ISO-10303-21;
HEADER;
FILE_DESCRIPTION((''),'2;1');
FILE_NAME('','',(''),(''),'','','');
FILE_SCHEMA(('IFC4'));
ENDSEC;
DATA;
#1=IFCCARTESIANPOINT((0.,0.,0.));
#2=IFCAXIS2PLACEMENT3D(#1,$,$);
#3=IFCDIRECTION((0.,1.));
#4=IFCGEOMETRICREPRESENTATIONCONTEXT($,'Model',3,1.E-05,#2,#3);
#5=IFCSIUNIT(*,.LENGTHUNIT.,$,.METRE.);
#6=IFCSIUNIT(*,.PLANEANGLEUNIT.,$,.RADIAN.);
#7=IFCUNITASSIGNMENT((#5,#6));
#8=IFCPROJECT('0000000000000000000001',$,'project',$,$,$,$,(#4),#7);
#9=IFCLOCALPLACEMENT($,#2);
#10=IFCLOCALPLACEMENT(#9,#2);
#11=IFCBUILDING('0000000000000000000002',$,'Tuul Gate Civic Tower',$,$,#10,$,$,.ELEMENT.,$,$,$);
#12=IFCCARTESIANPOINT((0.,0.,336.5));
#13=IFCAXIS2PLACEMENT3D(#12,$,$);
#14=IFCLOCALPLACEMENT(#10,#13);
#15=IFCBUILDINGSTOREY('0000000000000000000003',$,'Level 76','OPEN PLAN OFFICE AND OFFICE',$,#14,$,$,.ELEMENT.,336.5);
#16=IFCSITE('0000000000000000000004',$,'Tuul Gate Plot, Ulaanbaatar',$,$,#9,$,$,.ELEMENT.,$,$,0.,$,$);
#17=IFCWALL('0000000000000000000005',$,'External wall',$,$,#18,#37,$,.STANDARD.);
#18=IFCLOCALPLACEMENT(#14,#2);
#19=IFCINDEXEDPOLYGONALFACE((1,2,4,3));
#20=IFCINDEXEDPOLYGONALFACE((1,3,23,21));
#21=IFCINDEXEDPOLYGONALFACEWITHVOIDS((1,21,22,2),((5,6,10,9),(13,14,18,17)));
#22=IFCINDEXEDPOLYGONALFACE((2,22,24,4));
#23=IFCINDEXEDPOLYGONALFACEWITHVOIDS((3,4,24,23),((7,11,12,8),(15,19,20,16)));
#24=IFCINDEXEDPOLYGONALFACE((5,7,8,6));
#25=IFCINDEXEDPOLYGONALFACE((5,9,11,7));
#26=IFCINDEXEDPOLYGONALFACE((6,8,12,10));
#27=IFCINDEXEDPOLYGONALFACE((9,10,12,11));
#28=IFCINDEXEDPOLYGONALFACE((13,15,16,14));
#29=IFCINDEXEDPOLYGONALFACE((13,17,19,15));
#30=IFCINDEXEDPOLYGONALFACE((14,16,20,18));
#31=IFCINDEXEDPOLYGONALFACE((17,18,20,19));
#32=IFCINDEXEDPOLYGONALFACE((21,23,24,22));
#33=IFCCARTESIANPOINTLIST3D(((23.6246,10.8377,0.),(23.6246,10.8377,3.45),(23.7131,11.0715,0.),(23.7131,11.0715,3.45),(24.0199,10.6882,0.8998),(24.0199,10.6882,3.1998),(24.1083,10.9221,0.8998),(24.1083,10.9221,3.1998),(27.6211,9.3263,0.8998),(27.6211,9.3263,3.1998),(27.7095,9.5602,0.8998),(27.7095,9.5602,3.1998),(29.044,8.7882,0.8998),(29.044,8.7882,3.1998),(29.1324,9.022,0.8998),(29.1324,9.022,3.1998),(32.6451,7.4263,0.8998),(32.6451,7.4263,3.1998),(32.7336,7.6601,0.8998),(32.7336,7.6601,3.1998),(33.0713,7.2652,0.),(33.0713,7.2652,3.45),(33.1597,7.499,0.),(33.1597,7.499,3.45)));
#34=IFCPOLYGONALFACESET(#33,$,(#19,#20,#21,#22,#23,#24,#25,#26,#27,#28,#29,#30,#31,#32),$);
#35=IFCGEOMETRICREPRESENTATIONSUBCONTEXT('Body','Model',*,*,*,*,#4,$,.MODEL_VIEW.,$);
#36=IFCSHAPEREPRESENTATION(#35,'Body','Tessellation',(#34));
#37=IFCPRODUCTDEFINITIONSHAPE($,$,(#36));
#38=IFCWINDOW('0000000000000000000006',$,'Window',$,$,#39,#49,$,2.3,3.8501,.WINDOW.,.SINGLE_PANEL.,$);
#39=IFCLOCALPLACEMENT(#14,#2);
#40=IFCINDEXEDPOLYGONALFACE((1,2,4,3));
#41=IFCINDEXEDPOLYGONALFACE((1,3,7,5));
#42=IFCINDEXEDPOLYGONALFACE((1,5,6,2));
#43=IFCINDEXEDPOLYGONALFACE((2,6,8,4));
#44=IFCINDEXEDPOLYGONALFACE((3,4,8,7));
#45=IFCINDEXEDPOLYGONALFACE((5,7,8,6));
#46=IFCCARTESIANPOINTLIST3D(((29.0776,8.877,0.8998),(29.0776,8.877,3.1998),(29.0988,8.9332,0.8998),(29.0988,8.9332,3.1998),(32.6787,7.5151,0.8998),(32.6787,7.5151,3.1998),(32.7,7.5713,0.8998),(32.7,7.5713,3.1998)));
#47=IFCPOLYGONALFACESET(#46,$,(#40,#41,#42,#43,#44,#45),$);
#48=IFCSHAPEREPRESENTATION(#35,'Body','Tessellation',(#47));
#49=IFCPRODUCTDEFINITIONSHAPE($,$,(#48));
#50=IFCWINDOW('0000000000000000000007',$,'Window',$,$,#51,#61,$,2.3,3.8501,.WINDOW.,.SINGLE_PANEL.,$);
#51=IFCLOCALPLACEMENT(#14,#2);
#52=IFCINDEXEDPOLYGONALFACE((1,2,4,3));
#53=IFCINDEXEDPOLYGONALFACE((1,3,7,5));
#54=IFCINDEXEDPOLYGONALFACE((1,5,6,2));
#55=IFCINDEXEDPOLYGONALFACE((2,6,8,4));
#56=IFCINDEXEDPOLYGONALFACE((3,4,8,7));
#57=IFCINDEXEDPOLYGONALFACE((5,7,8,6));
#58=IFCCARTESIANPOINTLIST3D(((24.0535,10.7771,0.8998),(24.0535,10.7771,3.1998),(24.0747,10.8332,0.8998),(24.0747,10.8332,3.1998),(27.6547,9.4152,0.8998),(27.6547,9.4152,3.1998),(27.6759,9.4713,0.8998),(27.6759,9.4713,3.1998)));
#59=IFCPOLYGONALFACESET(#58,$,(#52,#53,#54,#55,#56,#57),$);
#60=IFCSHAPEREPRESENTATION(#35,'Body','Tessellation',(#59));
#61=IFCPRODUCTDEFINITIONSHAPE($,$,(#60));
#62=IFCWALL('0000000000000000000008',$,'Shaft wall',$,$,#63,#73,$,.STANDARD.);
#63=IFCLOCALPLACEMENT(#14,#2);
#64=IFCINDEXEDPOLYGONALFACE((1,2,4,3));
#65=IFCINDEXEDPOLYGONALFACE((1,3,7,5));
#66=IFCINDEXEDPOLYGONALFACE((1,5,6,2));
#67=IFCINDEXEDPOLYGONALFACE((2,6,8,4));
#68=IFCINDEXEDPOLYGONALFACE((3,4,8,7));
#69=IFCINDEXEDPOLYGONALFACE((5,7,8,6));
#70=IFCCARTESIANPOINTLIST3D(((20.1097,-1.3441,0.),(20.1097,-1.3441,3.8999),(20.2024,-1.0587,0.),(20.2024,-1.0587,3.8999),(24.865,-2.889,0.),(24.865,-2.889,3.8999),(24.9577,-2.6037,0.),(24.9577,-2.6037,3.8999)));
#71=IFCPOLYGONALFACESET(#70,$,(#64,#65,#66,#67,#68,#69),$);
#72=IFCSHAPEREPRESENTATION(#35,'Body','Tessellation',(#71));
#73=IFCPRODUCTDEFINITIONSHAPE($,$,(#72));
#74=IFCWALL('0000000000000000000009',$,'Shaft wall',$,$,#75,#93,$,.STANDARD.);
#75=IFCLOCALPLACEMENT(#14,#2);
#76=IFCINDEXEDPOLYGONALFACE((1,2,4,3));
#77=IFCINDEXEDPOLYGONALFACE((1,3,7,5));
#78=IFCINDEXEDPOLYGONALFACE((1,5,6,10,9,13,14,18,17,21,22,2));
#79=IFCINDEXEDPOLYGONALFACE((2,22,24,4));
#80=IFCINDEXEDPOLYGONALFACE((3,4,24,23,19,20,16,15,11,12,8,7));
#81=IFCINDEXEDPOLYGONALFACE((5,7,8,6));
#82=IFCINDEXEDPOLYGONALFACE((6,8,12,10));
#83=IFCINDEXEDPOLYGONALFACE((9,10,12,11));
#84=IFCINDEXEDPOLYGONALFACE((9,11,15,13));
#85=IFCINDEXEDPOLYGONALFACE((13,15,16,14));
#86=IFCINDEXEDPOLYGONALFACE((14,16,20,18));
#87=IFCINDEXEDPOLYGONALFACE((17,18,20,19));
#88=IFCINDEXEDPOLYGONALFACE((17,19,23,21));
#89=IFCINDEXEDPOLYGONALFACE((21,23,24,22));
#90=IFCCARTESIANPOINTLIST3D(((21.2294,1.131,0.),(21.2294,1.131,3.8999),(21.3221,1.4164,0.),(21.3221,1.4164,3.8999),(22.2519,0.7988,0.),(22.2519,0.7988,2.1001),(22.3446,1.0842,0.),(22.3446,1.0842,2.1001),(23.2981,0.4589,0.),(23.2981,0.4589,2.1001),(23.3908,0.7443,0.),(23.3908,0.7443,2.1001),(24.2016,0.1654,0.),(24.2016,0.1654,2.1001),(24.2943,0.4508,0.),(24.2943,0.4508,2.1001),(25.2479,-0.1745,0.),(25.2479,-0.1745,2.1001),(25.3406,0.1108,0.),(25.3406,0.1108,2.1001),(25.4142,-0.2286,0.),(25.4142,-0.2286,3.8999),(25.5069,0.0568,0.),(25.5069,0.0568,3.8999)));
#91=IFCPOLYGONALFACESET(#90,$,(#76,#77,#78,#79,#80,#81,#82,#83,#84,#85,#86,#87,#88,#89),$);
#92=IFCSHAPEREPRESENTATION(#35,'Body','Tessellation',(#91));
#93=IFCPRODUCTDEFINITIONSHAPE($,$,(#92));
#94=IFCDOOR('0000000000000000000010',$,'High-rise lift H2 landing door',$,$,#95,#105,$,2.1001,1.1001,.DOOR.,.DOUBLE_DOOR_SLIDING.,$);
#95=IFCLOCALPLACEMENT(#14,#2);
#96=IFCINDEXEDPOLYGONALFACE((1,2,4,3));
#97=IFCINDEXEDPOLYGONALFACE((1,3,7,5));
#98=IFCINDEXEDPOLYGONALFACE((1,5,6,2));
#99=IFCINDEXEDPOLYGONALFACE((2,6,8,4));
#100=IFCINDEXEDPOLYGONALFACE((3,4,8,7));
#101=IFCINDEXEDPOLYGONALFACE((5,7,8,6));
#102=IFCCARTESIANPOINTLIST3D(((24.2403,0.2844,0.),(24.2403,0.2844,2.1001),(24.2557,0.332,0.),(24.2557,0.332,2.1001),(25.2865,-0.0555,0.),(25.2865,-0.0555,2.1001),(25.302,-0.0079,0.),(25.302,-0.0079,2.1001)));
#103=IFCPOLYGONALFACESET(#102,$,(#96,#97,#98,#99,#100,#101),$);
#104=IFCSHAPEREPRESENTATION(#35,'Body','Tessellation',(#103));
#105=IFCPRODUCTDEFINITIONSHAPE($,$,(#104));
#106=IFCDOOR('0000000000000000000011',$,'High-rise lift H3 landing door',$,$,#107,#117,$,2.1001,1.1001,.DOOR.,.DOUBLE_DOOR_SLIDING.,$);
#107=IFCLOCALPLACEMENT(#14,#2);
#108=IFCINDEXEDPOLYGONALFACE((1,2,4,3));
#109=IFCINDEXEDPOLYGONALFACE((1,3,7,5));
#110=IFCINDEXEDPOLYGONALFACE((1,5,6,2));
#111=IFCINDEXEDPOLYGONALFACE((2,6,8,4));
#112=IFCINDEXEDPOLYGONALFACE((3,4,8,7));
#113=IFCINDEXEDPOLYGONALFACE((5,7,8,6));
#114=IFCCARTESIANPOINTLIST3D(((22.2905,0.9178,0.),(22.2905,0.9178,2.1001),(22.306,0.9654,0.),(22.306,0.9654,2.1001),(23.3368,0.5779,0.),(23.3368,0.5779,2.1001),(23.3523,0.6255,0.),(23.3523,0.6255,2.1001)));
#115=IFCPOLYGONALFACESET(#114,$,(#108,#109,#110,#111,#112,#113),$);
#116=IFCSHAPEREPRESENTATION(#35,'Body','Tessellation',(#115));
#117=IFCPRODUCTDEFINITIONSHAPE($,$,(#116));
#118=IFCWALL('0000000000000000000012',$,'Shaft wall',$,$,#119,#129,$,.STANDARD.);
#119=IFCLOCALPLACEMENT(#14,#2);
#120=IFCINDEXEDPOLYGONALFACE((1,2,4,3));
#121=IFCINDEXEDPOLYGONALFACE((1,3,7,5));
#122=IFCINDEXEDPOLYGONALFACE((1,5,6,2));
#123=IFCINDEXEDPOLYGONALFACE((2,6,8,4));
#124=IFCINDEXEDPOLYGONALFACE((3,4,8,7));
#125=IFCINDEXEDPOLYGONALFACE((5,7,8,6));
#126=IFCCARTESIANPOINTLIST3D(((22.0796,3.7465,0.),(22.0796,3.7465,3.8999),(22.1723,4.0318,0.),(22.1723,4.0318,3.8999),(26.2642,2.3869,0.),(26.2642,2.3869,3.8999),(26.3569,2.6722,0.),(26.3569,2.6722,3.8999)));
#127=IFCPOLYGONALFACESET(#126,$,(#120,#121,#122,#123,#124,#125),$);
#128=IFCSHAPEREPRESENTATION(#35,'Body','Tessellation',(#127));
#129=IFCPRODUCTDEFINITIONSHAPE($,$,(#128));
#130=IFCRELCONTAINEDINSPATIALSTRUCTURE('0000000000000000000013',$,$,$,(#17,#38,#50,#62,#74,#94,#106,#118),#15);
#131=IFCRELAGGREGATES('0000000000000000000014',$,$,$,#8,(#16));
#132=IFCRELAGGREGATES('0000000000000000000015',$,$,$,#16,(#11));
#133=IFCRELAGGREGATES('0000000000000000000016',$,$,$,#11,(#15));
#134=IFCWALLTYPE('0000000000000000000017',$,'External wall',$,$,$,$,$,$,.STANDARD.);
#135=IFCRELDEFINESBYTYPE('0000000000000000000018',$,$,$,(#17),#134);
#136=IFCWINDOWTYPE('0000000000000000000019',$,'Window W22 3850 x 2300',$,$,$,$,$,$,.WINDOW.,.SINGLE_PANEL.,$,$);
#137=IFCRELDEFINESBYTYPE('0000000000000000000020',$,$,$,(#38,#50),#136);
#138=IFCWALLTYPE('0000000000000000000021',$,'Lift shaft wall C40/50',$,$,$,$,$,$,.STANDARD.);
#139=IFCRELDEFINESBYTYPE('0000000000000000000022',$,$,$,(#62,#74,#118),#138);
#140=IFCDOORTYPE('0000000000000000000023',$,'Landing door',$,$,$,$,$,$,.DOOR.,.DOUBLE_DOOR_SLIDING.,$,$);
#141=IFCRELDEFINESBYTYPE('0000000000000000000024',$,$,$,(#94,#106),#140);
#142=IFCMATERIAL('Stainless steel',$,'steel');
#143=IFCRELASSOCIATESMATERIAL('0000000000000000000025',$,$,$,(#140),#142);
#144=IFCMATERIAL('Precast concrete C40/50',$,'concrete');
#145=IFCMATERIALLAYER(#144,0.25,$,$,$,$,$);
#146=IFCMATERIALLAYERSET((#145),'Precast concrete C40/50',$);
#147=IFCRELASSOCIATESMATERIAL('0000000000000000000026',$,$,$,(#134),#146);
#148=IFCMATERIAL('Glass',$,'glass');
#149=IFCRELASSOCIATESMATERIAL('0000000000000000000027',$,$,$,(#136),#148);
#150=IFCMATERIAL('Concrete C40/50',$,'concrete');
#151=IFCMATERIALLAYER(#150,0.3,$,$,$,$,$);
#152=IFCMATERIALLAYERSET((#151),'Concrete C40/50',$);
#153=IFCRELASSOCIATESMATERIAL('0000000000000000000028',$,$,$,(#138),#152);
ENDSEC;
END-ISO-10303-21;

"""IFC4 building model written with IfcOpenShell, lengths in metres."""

from ifc_helpers import new_model, si_unit, direction, frame, frame_2d, origin, place, context, subcontext, project, spatial, rectangle, extrude, material, layer, layer_set, type_object, element, fill, save


model = new_model("IFC4")

# Units and contexts
model_context = context("Model", 3, precision=1e-05, world=origin(), true_north=direction((0.0, 1.0)))
body_context = subcontext(model_context, "Body", "Model", "MODEL_VIEW")
ifc_project = project(units=[si_unit("LENGTHUNIT", "METRE"), si_unit("PLANEANGLEUNIT", "RADIAN")], contexts=[model_context])

# Site, building, storey
site_placement = place(None, origin())
site = spatial("IfcSite", under=ifc_project, at=site_placement, Name="Tuul Gate Plot, Ulaanbaatar", CompositionType="ELEMENT", RefElevation=0.0)
building_placement = place(site_placement, origin())
building = spatial("IfcBuilding", under=site, at=building_placement, Name="Tuul Gate Civic Tower", CompositionType="ELEMENT")
storey_placement = place(building_placement, frame((0.0, 0.0, 336.5)))
storey = spatial("IfcBuildingStorey", under=building, at=storey_placement, Name="Level 76", Description="OPEN PLAN OFFICE AND OFFICE", CompositionType="ELEMENT", Elevation=336.5)

# Shared definitions
ifc_material_1 = material(Name="Stainless steel", Category="steel")
door_type_1 = type_object("IfcDoorType", Name="Landing door", OperationType="DOUBLE_DOOR_SLIDING", PredefinedType="DOOR", material=ifc_material_1)

# Wall, openings, windows
ifc_material_2 = material(Name="Precast concrete C40/50", Category="concrete")
ifc_layer_1 = layer(ifc_material_2, 0.25)
ifc_layer_set_1 = layer_set([ifc_layer_1], Name="Precast concrete C40/50")
wall_type_1 = type_object("IfcWallType", Name="External wall", PredefinedType="STANDARD", material=ifc_layer_set_1)
wall_1_placement = place(storey_placement, frame((33.1155, 7.3821, 0.0), z_axis=(0.0, 0.0, 1.0), x_axis=(-0.935347, 0.353731, 0.0)))
wall_1 = element("IfcWall", 1, at=wall_1_placement, inside=storey, type_object=wall_type_1, Name="External wall", PredefinedType="STANDARD", context=body_context, shape_type="SweptSolid", body=[
    extrude(rectangle(XDim=10.0996, YDim=0.25, at=frame_2d((5.0498, 0.0))), origin(), (0.0, 0.0, 1.0), 3.45),
])
opening_1_placement = place(wall_1_placement, frame((0.4556, 0.0, 0.8999)))
opening_1 = element("IfcOpeningElement", 2, at=opening_1_placement, cuts=wall_1, PredefinedType="OPENING", context=body_context, shape_type="SweptSolid", body=[
    extrude(rectangle(XDim=3.8501, YDim=2.3, at=frame_2d((1.925, 1.1499))), frame((0.0, 0.135, 0.0), z_axis=(0.0, -1.0, 0.0), x_axis=(1.0, 0.0, 0.0)), (0.0, 0.0, 1.0), 0.27),
])
opening_2_placement = place(wall_1_placement, frame((5.8269, 0.0, 0.8999)))
opening_2 = element("IfcOpeningElement", 3, at=opening_2_placement, cuts=wall_1, PredefinedType="OPENING", context=body_context, shape_type="SweptSolid", body=[
    extrude(rectangle(XDim=3.8501, YDim=2.3, at=frame_2d((1.925, 1.1499))), frame((0.0, 0.135, 0.0), z_axis=(0.0, -1.0, 0.0), x_axis=(1.0, 0.0, 0.0)), (0.0, 0.0, 1.0), 0.27),
])
ifc_material_3 = material(Name="Glass", Category="glass")
window_type = type_object("IfcWindowType", Name="Window W22 3850 x 2300", PartitioningType="SINGLE_PANEL", PredefinedType="WINDOW", material=ifc_material_3)
window_1_placement = place(opening_1_placement, origin())
window_1 = element("IfcWindow", 4, at=window_1_placement, inside=storey, type_object=window_type, Name="Window", OverallHeight=2.3, OverallWidth=3.8501, PartitioningType="SINGLE_PANEL", PredefinedType="WINDOW", context=body_context, shape_type="SweptSolid", body=[
    extrude(rectangle(XDim=3.8501, YDim=2.3, at=frame_2d((1.925, 1.1499))), frame((0.0, 0.03, 0.0), z_axis=(0.0, -1.0, 0.0), x_axis=(1.0, 0.0, 0.0)), (0.0, 0.0, 1.0), 0.0601),
])
fill(opening_1, window_1)
window_2_placement = place(opening_2_placement, origin())
window_2 = element("IfcWindow", 5, at=window_2_placement, inside=storey, type_object=window_type, Name="Window", OverallHeight=2.3, OverallWidth=3.8501, PartitioningType="SINGLE_PANEL", PredefinedType="WINDOW", context=body_context, shape_type="SweptSolid", body=[
    extrude(rectangle(XDim=3.8501, YDim=2.3, at=frame_2d((1.925, 1.1499))), frame((0.0, 0.03, 0.0), z_axis=(0.0, -1.0, 0.0), x_axis=(1.0, 0.0, 0.0)), (0.0, 0.0, 1.0), 0.0601),
])
fill(opening_2, window_2)

# Wall
ifc_material_4 = material(Name="Concrete C40/50", Category="concrete")
ifc_layer_2 = layer(ifc_material_4, 0.3)
ifc_layer_set_2 = layer_set([ifc_layer_2], Name="Concrete C40/50")
wall_type_2 = type_object("IfcWallType", Name="Lift shaft wall C40/50", PredefinedType="STANDARD", material=ifc_layer_set_2)
wall_2_placement = place(storey_placement, frame((24.9114, -2.7463, 0.0), z_axis=(0.0, 0.0, 1.0), x_axis=(-0.951068, 0.308982, 0.0)))
element("IfcWall", 6, at=wall_2_placement, inside=storey, type_object=wall_type_2, Name="Shaft wall", PredefinedType="STANDARD", context=body_context, shape_type="SweptSolid", body=[
    extrude(rectangle(XDim=5.0, YDim=0.3, at=frame_2d((2.5, 0.0))), origin(), (0.0, 0.0, 1.0), 3.8999),
])

# Wall, openings, doors
wall_3_placement = place(storey_placement, frame((25.4607, -0.0859, 0.0), z_axis=(0.0, 0.0, 1.0), x_axis=(-0.951064, 0.308994, 0.0)))
wall_3 = element("IfcWall", 7, at=wall_3_placement, inside=storey, type_object=wall_type_2, Name="Shaft wall", PredefinedType="STANDARD", context=body_context, shape_type="SweptSolid", body=[
    extrude(rectangle(XDim=4.4001, YDim=0.3, at=frame_2d((2.2002, 0.0))), origin(), (0.0, 0.0, 1.0), 3.8999),
])
opening_3_placement = place(wall_3_placement, frame((0.175, 0.0, 0.0)))
opening_3 = element("IfcOpeningElement", 8, at=opening_3_placement, cuts=wall_3, PredefinedType="OPENING", context=body_context, shape_type="SweptSolid", body=[
    extrude(rectangle(XDim=1.1001, YDim=2.1001, at=frame_2d((0.55, 1.05))), frame((0.0, 0.1602, 0.0), z_axis=(0.0, -1.0, 0.0), x_axis=(1.0, 0.0, 0.0)), (0.0, 0.0, 1.0), 0.3201),
])
opening_4_placement = place(wall_3_placement, frame((2.2251, 0.0, 0.0)))
opening_4 = element("IfcOpeningElement", 9, at=opening_4_placement, cuts=wall_3, PredefinedType="OPENING", context=body_context, shape_type="SweptSolid", body=[
    extrude(rectangle(XDim=1.1001, YDim=2.1001, at=frame_2d((0.55, 1.05))), frame((0.0, 0.1602, 0.0), z_axis=(0.0, -1.0, 0.0), x_axis=(1.0, 0.0, 0.0)), (0.0, 0.0, 1.0), 0.3201),
])
door_1_placement = place(opening_3_placement, origin())
door_1 = element("IfcDoor", 10, at=door_1_placement, inside=storey, type_object=door_type_1, Name="High-rise lift H2 landing door", OperationType="DOUBLE_DOOR_SLIDING", OverallHeight=2.1001, OverallWidth=1.1001, PredefinedType="DOOR", context=body_context, shape_type="SweptSolid", body=[
    extrude(rectangle(XDim=1.1001, YDim=2.1001, at=frame_2d((0.55, 1.05))), frame((0.0, 0.0249, 0.0), z_axis=(0.0, -1.0, 0.0), x_axis=(1.0, 0.0, 0.0)), (0.0, 0.0, 1.0), 0.05),
])
fill(opening_3, door_1)
door_2_placement = place(opening_4_placement, origin())
door_2 = element("IfcDoor", 11, at=door_2_placement, inside=storey, type_object=door_type_1, Name="High-rise lift H3 landing door", OperationType="DOUBLE_DOOR_SLIDING", OverallHeight=2.1001, OverallWidth=1.1001, PredefinedType="DOOR", context=body_context, shape_type="SweptSolid", body=[
    extrude(rectangle(XDim=1.1001, YDim=2.1001, at=frame_2d((0.55, 1.05))), frame((0.0, 0.0249, 0.0), z_axis=(0.0, -1.0, 0.0), x_axis=(1.0, 0.0, 0.0)), (0.0, 0.0, 1.0), 0.05),
])
fill(opening_4, door_2)

# Wall
wall_4_placement = place(storey_placement, frame((26.3105, 2.5295, 0.0), z_axis=(0.0, 0.0, 1.0), x_axis=(-0.951059, 0.309011, 0.0)))
element("IfcWall", 12, at=wall_4_placement, inside=storey, type_object=wall_type_2, Name="Shaft wall", PredefinedType="STANDARD", context=body_context, shape_type="SweptSolid", body=[
    extrude(rectangle(XDim=4.3999, YDim=0.3, at=frame_2d((2.2, 0.0))), origin(), (0.0, 0.0, 1.0), 3.8999),
])

save(model, "model.ifc")
